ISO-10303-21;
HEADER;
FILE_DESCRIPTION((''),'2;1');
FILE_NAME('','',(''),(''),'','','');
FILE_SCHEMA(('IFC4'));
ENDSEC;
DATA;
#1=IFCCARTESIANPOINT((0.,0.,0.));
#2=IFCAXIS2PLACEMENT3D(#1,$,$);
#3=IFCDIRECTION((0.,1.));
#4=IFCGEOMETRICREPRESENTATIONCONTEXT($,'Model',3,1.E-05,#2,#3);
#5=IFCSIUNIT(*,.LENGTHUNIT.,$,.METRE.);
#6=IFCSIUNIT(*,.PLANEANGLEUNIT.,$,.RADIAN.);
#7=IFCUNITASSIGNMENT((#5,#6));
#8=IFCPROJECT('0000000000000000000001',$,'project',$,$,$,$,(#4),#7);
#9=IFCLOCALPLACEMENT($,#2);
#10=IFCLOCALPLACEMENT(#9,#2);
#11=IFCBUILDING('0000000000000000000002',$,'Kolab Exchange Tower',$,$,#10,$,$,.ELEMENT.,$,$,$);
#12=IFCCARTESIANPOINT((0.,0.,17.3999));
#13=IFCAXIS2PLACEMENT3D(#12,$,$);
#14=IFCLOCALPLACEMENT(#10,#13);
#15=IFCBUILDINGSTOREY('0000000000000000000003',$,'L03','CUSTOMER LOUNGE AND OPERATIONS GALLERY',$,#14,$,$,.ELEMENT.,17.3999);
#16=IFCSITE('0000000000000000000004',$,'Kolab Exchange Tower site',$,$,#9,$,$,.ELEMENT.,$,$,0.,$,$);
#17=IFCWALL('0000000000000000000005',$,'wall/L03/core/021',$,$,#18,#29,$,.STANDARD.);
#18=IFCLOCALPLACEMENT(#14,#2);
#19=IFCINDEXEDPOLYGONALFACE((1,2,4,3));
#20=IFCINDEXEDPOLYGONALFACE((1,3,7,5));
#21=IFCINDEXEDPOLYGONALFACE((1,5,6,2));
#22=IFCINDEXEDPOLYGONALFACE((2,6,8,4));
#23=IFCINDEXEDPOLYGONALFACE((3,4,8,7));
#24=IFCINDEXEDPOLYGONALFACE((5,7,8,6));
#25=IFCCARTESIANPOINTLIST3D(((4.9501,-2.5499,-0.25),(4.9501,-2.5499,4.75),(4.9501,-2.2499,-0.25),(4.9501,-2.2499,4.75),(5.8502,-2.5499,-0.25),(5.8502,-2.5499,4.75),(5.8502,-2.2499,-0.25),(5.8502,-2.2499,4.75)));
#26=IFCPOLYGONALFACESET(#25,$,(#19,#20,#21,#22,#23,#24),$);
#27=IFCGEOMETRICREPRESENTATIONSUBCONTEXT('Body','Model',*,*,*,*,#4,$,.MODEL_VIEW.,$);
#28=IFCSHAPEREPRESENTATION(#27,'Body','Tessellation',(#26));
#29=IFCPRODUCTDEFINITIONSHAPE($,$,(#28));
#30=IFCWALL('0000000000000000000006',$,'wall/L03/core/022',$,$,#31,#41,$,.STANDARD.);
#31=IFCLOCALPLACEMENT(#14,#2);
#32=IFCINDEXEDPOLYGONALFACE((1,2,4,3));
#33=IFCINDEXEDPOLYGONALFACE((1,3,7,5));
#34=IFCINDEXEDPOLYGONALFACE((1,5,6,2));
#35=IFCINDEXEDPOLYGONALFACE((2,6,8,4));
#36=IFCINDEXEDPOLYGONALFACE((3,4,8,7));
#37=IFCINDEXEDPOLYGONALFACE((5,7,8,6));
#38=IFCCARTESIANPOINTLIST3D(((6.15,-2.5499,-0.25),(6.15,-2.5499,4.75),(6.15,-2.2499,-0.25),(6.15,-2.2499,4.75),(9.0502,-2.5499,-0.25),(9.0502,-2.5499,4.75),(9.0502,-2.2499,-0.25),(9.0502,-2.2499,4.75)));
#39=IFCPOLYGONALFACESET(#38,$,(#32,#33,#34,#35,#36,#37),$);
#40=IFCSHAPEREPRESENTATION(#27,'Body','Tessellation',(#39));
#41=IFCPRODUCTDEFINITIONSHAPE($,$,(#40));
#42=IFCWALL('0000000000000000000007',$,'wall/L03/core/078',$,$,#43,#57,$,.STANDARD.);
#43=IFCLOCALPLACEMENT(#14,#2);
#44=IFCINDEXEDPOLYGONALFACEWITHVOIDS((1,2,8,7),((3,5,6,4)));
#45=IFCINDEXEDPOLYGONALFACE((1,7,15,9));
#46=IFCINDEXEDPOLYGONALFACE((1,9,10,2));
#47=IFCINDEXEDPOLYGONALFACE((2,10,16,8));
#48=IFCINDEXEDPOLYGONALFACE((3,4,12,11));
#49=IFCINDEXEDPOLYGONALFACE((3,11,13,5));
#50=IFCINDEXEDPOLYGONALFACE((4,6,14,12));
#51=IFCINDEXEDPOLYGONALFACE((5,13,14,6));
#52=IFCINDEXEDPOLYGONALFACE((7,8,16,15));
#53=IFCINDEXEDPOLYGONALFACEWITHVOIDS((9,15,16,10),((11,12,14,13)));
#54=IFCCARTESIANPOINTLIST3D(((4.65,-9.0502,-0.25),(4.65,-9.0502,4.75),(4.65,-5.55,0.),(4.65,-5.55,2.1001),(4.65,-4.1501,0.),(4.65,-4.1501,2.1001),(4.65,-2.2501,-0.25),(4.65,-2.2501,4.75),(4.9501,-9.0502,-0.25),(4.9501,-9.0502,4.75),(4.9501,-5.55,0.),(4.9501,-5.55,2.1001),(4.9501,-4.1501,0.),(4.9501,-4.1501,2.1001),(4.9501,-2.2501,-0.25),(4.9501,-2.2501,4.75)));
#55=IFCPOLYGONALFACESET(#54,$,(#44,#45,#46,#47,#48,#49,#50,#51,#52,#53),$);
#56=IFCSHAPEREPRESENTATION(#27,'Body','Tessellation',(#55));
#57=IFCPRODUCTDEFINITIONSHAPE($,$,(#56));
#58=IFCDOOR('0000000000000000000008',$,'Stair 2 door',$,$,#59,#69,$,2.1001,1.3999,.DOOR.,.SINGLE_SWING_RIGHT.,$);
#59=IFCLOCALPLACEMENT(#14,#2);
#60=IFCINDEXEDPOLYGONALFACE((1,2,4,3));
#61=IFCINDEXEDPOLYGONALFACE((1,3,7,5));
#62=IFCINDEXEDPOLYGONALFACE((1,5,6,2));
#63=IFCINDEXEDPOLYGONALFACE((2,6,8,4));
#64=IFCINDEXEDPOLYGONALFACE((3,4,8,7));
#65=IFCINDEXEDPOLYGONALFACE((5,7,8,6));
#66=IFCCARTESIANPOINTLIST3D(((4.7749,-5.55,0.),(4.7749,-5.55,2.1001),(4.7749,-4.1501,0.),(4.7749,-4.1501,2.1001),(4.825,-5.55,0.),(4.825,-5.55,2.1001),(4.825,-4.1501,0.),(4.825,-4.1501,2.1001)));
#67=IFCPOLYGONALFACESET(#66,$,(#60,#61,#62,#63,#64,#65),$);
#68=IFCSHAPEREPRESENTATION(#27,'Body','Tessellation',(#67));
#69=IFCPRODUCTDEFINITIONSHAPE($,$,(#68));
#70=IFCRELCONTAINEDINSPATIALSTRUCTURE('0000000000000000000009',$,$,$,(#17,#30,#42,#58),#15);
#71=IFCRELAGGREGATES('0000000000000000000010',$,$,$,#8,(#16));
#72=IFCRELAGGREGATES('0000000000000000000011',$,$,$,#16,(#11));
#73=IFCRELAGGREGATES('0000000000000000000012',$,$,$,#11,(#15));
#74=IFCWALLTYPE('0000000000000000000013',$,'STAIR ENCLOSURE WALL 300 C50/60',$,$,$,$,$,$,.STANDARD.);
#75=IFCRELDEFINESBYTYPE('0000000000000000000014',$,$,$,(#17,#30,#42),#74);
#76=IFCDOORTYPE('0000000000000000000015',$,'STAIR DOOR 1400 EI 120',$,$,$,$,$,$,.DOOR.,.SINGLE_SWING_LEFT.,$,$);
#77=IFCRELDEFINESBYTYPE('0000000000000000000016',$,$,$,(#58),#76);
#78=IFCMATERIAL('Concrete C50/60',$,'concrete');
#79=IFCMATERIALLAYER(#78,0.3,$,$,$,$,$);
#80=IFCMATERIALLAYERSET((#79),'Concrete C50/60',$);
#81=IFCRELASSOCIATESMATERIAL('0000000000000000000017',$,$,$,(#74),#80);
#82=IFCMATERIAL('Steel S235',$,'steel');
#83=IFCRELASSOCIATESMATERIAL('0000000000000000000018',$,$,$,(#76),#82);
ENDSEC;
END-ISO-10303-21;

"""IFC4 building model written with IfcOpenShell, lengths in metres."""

from ifc_helpers import new_model, si_unit, direction, frame, frame_2d, origin, place, context, subcontext, project, spatial, rectangle, extrude, material, layer, layer_set, type_object, element, fill, save


model = new_model("IFC4")

# Units and contexts
model_context = context("Model", 3, precision=1e-05, world=origin(), true_north=direction((0.0, 1.0)))
body_context = subcontext(model_context, "Body", "Model", "MODEL_VIEW")
ifc_project = project(units=[si_unit("LENGTHUNIT", "METRE"), si_unit("PLANEANGLEUNIT", "RADIAN")], contexts=[model_context])

# Site, building, storey
site_placement = place(None, origin())
site = spatial("IfcSite", under=ifc_project, at=site_placement, Name="Kolab Exchange Tower site", CompositionType="ELEMENT", RefElevation=0.0)
building_placement = place(site_placement, origin())
building = spatial("IfcBuilding", under=site, at=building_placement, Name="Kolab Exchange Tower", CompositionType="ELEMENT")
storey_placement = place(building_placement, frame((0.0, 0.0, 17.3999)))
storey = spatial("IfcBuildingStorey", under=building, at=storey_placement, Name="L03", Description="CUSTOMER LOUNGE AND OPERATIONS GALLERY", CompositionType="ELEMENT", Elevation=17.3999)

# Shared definitions
ifc_material_1 = material(Name="Concrete C50/60", Category="concrete")

# Shared definitions
ifc_material_2 = material(Name="Steel S235", Category="steel")

# Walls
ifc_layer_1 = layer(ifc_material_1, 0.3)
ifc_layer_set_1 = layer_set([ifc_layer_1], Name="Concrete C50/60")
wall_type_1 = type_object("IfcWallType", Name="STAIR ENCLOSURE WALL 300 C50/60", PredefinedType="STANDARD", material=ifc_layer_set_1)
wall_1_placement = place(storey_placement, frame((4.95, -2.3999, -0.25), z_axis=(0.0, 0.0, 1.0), x_axis=(1.0, 0.0, 0.0)))
element("IfcWall", 1, at=wall_1_placement, inside=storey, type_object=wall_type_1, Name="wall/L03/core/021", PredefinedType="STANDARD", context=body_context, shape_type="SweptSolid", body=[
    extrude(rectangle(XDim=0.9001, YDim=0.3, at=frame_2d((0.4502, 0.0))), origin(), (0.0, 0.0, 1.0), 5.0),
])
wall_2_placement = place(storey_placement, frame((6.1499, -2.3999, -0.25), z_axis=(0.0, 0.0, 1.0), x_axis=(1.0, 0.0, 0.0)))
element("IfcWall", 2, at=wall_2_placement, inside=storey, type_object=wall_type_1, Name="wall/L03/core/022", PredefinedType="STANDARD", context=body_context, shape_type="SweptSolid", body=[
    extrude(rectangle(XDim=2.9001, YDim=0.3, at=frame_2d((1.4502, 0.0))), origin(), (0.0, 0.0, 1.0), 5.0),
])

# Wall, opening, door
wall_3_placement = place(storey_placement, frame((4.8, -9.05, -0.25), z_axis=(0.0, 0.0, 1.0), x_axis=(0.0, 1.0, 0.0)))
wall_3 = element("IfcWall", 3, at=wall_3_placement, inside=storey, type_object=wall_type_1, Name="wall/L03/core/078", PredefinedType="STANDARD", context=body_context, shape_type="SweptSolid", body=[
    extrude(rectangle(XDim=6.8, YDim=0.3, at=frame_2d((3.3999, 0.0))), origin(), (0.0, 0.0, 1.0), 5.0),
])
opening_1_placement = place(wall_3_placement, frame((3.5, 0.0, 0.25)))
opening_1 = element("IfcOpeningElement", 4, at=opening_1_placement, cuts=wall_3, PredefinedType="OPENING", context=body_context, shape_type="SweptSolid", body=[
    extrude(rectangle(XDim=1.3999, YDim=2.1001, at=frame_2d((0.7, 1.05))), frame((0.0, 0.1602, 0.0), z_axis=(0.0, -1.0, 0.0), x_axis=(1.0, 0.0, 0.0)), (0.0, 0.0, 1.0), 0.3201),
])
door_type_1 = type_object("IfcDoorType", Name="STAIR DOOR 1400 EI 120", OperationType="SINGLE_SWING_LEFT", PredefinedType="DOOR", material=ifc_material_2)
door_1_placement = place(opening_1_placement, frame((1.3999, 0.0, 0.0), z_axis=(0.0, 0.0, 1.0), x_axis=(-1.0, 0.0, 0.0)))
door_1 = element("IfcDoor", 5, at=door_1_placement, inside=storey, type_object=door_type_1, Name="Stair 2 door", OperationType="SINGLE_SWING_RIGHT", OverallHeight=2.1001, OverallWidth=1.3999, PredefinedType="DOOR", context=body_context, shape_type="SweptSolid", body=[
    extrude(rectangle(XDim=1.3999, YDim=2.1001, at=frame_2d((0.7, 1.05))), frame((0.0, 0.0249, 0.0), z_axis=(0.0, -1.0, 0.0), x_axis=(1.0, 0.0, 0.0)), (0.0, 0.0, 1.0), 0.05),
])
fill(opening_1, door_1)

save(model, "model.ifc")
